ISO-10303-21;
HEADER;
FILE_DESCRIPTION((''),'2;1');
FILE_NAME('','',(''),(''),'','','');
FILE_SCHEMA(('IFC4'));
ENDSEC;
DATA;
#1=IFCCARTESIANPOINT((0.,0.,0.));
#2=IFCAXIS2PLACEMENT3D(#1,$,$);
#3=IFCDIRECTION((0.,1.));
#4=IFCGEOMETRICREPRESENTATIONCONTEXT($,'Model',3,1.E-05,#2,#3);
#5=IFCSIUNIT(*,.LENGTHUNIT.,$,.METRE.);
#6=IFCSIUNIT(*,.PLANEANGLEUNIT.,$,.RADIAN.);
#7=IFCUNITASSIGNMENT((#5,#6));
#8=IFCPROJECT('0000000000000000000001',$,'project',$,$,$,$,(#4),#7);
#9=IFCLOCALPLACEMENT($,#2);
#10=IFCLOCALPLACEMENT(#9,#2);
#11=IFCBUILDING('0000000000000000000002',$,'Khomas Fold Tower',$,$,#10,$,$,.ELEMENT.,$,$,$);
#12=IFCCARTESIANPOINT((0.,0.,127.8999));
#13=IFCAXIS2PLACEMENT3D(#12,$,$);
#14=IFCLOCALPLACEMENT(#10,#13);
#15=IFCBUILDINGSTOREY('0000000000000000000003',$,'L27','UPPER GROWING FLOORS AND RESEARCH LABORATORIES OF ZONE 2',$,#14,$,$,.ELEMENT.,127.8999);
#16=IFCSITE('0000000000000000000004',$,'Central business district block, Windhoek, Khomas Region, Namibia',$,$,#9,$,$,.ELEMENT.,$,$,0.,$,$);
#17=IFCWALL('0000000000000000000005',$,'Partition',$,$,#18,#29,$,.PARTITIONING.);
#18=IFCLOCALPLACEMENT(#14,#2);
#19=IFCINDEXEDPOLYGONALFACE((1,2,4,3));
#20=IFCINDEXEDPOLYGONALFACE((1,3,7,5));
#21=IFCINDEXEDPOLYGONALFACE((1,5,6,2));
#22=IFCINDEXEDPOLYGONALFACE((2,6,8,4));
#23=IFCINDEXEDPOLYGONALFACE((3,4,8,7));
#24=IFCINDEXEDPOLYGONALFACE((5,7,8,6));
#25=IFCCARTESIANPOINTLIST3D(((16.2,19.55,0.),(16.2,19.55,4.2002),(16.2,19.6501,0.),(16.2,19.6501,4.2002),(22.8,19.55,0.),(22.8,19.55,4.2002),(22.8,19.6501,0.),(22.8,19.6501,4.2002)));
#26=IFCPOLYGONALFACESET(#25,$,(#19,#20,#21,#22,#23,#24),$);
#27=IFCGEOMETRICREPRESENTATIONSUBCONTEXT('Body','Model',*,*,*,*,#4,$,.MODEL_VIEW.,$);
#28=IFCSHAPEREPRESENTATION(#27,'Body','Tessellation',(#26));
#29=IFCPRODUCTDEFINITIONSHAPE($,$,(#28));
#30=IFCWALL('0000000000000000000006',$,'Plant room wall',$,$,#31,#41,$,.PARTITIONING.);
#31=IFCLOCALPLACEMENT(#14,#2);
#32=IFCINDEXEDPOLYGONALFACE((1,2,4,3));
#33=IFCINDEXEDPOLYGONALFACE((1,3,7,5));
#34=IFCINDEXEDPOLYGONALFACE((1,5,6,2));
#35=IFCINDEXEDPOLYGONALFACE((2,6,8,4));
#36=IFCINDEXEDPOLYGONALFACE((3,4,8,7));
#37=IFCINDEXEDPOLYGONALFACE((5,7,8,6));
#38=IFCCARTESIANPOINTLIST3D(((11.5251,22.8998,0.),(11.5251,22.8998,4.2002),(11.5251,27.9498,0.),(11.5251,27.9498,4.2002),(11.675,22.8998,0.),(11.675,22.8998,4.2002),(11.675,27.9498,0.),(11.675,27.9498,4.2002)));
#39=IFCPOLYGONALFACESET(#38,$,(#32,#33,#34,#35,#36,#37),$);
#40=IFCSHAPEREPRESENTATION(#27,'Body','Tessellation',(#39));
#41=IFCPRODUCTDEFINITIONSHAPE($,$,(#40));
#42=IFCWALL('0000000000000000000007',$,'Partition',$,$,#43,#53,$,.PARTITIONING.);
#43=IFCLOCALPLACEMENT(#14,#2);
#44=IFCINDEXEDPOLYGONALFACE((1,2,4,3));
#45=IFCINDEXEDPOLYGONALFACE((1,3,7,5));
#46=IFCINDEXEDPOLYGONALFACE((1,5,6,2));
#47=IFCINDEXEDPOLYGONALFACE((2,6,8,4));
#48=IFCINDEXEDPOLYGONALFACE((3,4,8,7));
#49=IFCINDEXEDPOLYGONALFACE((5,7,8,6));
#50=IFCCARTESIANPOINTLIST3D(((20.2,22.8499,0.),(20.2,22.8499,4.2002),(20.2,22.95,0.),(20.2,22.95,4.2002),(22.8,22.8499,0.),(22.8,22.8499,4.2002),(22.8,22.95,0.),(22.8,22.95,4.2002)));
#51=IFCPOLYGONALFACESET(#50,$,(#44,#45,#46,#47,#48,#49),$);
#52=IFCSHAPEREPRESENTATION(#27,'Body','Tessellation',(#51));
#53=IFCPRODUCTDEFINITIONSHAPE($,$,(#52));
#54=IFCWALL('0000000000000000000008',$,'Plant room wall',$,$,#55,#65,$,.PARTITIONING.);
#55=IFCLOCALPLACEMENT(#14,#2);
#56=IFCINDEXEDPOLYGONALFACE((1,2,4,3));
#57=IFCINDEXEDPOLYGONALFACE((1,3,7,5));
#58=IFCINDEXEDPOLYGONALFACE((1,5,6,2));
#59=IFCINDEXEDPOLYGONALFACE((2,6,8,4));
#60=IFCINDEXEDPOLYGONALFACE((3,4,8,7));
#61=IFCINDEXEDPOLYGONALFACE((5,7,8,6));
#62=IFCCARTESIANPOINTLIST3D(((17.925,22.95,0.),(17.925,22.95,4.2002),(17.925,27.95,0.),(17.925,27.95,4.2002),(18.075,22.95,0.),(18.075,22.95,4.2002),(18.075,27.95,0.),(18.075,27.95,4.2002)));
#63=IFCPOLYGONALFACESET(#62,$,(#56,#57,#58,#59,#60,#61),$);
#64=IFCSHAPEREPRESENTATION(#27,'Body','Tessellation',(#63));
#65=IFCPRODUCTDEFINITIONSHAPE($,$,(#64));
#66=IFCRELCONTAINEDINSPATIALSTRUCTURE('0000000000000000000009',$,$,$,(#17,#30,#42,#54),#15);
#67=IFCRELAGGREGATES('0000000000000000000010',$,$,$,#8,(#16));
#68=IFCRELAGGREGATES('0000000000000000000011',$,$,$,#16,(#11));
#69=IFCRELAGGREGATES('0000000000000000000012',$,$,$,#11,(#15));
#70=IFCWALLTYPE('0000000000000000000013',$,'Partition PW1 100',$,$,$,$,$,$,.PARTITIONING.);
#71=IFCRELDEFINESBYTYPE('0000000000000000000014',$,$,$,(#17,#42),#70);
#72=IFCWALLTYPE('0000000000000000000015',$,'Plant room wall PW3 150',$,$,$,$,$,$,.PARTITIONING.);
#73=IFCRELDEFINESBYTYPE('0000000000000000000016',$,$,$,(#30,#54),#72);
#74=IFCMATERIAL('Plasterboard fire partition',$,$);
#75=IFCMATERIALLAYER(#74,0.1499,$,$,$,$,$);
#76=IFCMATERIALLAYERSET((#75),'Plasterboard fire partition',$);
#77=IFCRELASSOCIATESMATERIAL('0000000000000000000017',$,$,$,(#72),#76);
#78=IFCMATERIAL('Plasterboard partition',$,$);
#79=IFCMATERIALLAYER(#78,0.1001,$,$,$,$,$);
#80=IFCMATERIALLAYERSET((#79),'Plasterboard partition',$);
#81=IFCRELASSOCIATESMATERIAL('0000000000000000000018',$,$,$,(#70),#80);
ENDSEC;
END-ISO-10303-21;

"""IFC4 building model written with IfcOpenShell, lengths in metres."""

from ifc_helpers import new_model, si_unit, direction, frame, frame_2d, origin, place, context, subcontext, project, spatial, rectangle, extrude, source, transform, mapped, material, layer, layer_set, type_object, element, save


model = new_model("IFC4")

# Units and contexts
model_context = context("Model", 3, precision=1e-05, world=origin(), true_north=direction((0.0, 1.0)))
body_context = subcontext(model_context, "Body", "Model", "MODEL_VIEW")
ifc_project = project(units=[si_unit("LENGTHUNIT", "METRE"), si_unit("PLANEANGLEUNIT", "RADIAN")], contexts=[model_context])

# Site, building, storey
site_placement = place(None, origin())
site = spatial("IfcSite", under=ifc_project, at=site_placement, Name="Central business district block, Windhoek, Khomas Region, Namibia", CompositionType="ELEMENT", RefElevation=0.0)
building_placement = place(site_placement, origin())
building = spatial("IfcBuilding", under=site, at=building_placement, Name="Khomas Fold Tower", CompositionType="ELEMENT")
storey_placement = place(building_placement, frame((0.0, 0.0, 127.8999)))
storey = spatial("IfcBuildingStorey", under=building, at=storey_placement, Name="L27", Description="UPPER GROWING FLOORS AND RESEARCH LABORATORIES OF ZONE 2", CompositionType="ELEMENT", Elevation=127.8999)

# Walls
ifc_material_1 = material(Name="Plasterboard fire partition")
ifc_layer_1 = layer(ifc_material_1, 0.1499)
ifc_layer_set_1 = layer_set([ifc_layer_1], Name="Plasterboard fire partition")
wall_type_1 = type_object("IfcWallType", Name="Plant room wall PW3 150", PredefinedType="PARTITIONING", material=ifc_layer_set_1)
ifc_material_2 = material(Name="Plasterboard partition")
ifc_layer_2 = layer(ifc_material_2, 0.1001)
ifc_layer_set_2 = layer_set([ifc_layer_2], Name="Plasterboard partition")
wall_type_2 = type_object("IfcWallType", Name="Partition PW1 100", PredefinedType="PARTITIONING", material=ifc_layer_set_2)
shared_shape_1 = source(origin(), body_context, "Body", "SweptSolid", [
    extrude(rectangle(XDim=6.6001, YDim=0.1001, at=frame_2d((3.3, 0.0))), origin(), (0.0, 0.0, 1.0), 4.2002),
])
wall_1_placement = place(storey_placement, frame((16.2, 19.6001, 0.0), z_axis=(0.0, 0.0, 1.0), x_axis=(1.0, 0.0, 0.0)))
element("IfcWall", 1, at=wall_1_placement, inside=storey, type_object=wall_type_2, Name="Partition", PredefinedType="PARTITIONING", context=body_context, shape_type="MappedRepresentation", body=[
    mapped(shared_shape_1, transform((0.0, 0.0, 0.0))),
])
shared_shape_2 = source(origin(), body_context, "Body", "SweptSolid", [
    extrude(rectangle(XDim=5.05, YDim=0.1499, at=frame_2d((2.5249, 0.0))), origin(), (0.0, 0.0, 1.0), 4.2002),
])
wall_2_placement = place(storey_placement, frame((11.6001, 22.8999, 0.0), z_axis=(0.0, 0.0, 1.0), x_axis=(0.0, 1.0, 0.0)))
element("IfcWall", 2, at=wall_2_placement, inside=storey, type_object=wall_type_1, Name="Plant room wall", PredefinedType="PARTITIONING", context=body_context, shape_type="MappedRepresentation", body=[
    mapped(shared_shape_2, transform((0.0, 0.0, 0.0))),
])
shared_shape_3 = source(origin(), body_context, "Body", "SweptSolid", [
    extrude(rectangle(XDim=2.6001, YDim=0.1001, at=frame_2d((1.3, 0.0))), origin(), (0.0, 0.0, 1.0), 4.2002),
])
wall_3_placement = place(storey_placement, frame((20.2, 22.8999, 0.0), z_axis=(0.0, 0.0, 1.0), x_axis=(1.0, 0.0, 0.0)))
element("IfcWall", 3, at=wall_3_placement, inside=storey, type_object=wall_type_2, Name="Partition", PredefinedType="PARTITIONING", context=body_context, shape_type="MappedRepresentation", body=[
    mapped(shared_shape_3, transform((0.0, 0.0, 0.0))),
])
shared_shape_4 = source(origin(), body_context, "Body", "SweptSolid", [
    extrude(rectangle(XDim=5.0, YDim=0.1499, at=frame_2d((2.5, 0.0))), origin(), (0.0, 0.0, 1.0), 4.2002),
])
wall_4_placement = place(storey_placement, frame((18.0, 22.95, 0.0), z_axis=(0.0, 0.0, 1.0), x_axis=(0.0, 1.0, 0.0)))
element("IfcWall", 4, at=wall_4_placement, inside=storey, type_object=wall_type_1, Name="Plant room wall", PredefinedType="PARTITIONING", context=body_context, shape_type="MappedRepresentation", body=[
    mapped(shared_shape_4, transform((0.0, 0.0, 0.0))),
])

save(model, "model.ifc")
